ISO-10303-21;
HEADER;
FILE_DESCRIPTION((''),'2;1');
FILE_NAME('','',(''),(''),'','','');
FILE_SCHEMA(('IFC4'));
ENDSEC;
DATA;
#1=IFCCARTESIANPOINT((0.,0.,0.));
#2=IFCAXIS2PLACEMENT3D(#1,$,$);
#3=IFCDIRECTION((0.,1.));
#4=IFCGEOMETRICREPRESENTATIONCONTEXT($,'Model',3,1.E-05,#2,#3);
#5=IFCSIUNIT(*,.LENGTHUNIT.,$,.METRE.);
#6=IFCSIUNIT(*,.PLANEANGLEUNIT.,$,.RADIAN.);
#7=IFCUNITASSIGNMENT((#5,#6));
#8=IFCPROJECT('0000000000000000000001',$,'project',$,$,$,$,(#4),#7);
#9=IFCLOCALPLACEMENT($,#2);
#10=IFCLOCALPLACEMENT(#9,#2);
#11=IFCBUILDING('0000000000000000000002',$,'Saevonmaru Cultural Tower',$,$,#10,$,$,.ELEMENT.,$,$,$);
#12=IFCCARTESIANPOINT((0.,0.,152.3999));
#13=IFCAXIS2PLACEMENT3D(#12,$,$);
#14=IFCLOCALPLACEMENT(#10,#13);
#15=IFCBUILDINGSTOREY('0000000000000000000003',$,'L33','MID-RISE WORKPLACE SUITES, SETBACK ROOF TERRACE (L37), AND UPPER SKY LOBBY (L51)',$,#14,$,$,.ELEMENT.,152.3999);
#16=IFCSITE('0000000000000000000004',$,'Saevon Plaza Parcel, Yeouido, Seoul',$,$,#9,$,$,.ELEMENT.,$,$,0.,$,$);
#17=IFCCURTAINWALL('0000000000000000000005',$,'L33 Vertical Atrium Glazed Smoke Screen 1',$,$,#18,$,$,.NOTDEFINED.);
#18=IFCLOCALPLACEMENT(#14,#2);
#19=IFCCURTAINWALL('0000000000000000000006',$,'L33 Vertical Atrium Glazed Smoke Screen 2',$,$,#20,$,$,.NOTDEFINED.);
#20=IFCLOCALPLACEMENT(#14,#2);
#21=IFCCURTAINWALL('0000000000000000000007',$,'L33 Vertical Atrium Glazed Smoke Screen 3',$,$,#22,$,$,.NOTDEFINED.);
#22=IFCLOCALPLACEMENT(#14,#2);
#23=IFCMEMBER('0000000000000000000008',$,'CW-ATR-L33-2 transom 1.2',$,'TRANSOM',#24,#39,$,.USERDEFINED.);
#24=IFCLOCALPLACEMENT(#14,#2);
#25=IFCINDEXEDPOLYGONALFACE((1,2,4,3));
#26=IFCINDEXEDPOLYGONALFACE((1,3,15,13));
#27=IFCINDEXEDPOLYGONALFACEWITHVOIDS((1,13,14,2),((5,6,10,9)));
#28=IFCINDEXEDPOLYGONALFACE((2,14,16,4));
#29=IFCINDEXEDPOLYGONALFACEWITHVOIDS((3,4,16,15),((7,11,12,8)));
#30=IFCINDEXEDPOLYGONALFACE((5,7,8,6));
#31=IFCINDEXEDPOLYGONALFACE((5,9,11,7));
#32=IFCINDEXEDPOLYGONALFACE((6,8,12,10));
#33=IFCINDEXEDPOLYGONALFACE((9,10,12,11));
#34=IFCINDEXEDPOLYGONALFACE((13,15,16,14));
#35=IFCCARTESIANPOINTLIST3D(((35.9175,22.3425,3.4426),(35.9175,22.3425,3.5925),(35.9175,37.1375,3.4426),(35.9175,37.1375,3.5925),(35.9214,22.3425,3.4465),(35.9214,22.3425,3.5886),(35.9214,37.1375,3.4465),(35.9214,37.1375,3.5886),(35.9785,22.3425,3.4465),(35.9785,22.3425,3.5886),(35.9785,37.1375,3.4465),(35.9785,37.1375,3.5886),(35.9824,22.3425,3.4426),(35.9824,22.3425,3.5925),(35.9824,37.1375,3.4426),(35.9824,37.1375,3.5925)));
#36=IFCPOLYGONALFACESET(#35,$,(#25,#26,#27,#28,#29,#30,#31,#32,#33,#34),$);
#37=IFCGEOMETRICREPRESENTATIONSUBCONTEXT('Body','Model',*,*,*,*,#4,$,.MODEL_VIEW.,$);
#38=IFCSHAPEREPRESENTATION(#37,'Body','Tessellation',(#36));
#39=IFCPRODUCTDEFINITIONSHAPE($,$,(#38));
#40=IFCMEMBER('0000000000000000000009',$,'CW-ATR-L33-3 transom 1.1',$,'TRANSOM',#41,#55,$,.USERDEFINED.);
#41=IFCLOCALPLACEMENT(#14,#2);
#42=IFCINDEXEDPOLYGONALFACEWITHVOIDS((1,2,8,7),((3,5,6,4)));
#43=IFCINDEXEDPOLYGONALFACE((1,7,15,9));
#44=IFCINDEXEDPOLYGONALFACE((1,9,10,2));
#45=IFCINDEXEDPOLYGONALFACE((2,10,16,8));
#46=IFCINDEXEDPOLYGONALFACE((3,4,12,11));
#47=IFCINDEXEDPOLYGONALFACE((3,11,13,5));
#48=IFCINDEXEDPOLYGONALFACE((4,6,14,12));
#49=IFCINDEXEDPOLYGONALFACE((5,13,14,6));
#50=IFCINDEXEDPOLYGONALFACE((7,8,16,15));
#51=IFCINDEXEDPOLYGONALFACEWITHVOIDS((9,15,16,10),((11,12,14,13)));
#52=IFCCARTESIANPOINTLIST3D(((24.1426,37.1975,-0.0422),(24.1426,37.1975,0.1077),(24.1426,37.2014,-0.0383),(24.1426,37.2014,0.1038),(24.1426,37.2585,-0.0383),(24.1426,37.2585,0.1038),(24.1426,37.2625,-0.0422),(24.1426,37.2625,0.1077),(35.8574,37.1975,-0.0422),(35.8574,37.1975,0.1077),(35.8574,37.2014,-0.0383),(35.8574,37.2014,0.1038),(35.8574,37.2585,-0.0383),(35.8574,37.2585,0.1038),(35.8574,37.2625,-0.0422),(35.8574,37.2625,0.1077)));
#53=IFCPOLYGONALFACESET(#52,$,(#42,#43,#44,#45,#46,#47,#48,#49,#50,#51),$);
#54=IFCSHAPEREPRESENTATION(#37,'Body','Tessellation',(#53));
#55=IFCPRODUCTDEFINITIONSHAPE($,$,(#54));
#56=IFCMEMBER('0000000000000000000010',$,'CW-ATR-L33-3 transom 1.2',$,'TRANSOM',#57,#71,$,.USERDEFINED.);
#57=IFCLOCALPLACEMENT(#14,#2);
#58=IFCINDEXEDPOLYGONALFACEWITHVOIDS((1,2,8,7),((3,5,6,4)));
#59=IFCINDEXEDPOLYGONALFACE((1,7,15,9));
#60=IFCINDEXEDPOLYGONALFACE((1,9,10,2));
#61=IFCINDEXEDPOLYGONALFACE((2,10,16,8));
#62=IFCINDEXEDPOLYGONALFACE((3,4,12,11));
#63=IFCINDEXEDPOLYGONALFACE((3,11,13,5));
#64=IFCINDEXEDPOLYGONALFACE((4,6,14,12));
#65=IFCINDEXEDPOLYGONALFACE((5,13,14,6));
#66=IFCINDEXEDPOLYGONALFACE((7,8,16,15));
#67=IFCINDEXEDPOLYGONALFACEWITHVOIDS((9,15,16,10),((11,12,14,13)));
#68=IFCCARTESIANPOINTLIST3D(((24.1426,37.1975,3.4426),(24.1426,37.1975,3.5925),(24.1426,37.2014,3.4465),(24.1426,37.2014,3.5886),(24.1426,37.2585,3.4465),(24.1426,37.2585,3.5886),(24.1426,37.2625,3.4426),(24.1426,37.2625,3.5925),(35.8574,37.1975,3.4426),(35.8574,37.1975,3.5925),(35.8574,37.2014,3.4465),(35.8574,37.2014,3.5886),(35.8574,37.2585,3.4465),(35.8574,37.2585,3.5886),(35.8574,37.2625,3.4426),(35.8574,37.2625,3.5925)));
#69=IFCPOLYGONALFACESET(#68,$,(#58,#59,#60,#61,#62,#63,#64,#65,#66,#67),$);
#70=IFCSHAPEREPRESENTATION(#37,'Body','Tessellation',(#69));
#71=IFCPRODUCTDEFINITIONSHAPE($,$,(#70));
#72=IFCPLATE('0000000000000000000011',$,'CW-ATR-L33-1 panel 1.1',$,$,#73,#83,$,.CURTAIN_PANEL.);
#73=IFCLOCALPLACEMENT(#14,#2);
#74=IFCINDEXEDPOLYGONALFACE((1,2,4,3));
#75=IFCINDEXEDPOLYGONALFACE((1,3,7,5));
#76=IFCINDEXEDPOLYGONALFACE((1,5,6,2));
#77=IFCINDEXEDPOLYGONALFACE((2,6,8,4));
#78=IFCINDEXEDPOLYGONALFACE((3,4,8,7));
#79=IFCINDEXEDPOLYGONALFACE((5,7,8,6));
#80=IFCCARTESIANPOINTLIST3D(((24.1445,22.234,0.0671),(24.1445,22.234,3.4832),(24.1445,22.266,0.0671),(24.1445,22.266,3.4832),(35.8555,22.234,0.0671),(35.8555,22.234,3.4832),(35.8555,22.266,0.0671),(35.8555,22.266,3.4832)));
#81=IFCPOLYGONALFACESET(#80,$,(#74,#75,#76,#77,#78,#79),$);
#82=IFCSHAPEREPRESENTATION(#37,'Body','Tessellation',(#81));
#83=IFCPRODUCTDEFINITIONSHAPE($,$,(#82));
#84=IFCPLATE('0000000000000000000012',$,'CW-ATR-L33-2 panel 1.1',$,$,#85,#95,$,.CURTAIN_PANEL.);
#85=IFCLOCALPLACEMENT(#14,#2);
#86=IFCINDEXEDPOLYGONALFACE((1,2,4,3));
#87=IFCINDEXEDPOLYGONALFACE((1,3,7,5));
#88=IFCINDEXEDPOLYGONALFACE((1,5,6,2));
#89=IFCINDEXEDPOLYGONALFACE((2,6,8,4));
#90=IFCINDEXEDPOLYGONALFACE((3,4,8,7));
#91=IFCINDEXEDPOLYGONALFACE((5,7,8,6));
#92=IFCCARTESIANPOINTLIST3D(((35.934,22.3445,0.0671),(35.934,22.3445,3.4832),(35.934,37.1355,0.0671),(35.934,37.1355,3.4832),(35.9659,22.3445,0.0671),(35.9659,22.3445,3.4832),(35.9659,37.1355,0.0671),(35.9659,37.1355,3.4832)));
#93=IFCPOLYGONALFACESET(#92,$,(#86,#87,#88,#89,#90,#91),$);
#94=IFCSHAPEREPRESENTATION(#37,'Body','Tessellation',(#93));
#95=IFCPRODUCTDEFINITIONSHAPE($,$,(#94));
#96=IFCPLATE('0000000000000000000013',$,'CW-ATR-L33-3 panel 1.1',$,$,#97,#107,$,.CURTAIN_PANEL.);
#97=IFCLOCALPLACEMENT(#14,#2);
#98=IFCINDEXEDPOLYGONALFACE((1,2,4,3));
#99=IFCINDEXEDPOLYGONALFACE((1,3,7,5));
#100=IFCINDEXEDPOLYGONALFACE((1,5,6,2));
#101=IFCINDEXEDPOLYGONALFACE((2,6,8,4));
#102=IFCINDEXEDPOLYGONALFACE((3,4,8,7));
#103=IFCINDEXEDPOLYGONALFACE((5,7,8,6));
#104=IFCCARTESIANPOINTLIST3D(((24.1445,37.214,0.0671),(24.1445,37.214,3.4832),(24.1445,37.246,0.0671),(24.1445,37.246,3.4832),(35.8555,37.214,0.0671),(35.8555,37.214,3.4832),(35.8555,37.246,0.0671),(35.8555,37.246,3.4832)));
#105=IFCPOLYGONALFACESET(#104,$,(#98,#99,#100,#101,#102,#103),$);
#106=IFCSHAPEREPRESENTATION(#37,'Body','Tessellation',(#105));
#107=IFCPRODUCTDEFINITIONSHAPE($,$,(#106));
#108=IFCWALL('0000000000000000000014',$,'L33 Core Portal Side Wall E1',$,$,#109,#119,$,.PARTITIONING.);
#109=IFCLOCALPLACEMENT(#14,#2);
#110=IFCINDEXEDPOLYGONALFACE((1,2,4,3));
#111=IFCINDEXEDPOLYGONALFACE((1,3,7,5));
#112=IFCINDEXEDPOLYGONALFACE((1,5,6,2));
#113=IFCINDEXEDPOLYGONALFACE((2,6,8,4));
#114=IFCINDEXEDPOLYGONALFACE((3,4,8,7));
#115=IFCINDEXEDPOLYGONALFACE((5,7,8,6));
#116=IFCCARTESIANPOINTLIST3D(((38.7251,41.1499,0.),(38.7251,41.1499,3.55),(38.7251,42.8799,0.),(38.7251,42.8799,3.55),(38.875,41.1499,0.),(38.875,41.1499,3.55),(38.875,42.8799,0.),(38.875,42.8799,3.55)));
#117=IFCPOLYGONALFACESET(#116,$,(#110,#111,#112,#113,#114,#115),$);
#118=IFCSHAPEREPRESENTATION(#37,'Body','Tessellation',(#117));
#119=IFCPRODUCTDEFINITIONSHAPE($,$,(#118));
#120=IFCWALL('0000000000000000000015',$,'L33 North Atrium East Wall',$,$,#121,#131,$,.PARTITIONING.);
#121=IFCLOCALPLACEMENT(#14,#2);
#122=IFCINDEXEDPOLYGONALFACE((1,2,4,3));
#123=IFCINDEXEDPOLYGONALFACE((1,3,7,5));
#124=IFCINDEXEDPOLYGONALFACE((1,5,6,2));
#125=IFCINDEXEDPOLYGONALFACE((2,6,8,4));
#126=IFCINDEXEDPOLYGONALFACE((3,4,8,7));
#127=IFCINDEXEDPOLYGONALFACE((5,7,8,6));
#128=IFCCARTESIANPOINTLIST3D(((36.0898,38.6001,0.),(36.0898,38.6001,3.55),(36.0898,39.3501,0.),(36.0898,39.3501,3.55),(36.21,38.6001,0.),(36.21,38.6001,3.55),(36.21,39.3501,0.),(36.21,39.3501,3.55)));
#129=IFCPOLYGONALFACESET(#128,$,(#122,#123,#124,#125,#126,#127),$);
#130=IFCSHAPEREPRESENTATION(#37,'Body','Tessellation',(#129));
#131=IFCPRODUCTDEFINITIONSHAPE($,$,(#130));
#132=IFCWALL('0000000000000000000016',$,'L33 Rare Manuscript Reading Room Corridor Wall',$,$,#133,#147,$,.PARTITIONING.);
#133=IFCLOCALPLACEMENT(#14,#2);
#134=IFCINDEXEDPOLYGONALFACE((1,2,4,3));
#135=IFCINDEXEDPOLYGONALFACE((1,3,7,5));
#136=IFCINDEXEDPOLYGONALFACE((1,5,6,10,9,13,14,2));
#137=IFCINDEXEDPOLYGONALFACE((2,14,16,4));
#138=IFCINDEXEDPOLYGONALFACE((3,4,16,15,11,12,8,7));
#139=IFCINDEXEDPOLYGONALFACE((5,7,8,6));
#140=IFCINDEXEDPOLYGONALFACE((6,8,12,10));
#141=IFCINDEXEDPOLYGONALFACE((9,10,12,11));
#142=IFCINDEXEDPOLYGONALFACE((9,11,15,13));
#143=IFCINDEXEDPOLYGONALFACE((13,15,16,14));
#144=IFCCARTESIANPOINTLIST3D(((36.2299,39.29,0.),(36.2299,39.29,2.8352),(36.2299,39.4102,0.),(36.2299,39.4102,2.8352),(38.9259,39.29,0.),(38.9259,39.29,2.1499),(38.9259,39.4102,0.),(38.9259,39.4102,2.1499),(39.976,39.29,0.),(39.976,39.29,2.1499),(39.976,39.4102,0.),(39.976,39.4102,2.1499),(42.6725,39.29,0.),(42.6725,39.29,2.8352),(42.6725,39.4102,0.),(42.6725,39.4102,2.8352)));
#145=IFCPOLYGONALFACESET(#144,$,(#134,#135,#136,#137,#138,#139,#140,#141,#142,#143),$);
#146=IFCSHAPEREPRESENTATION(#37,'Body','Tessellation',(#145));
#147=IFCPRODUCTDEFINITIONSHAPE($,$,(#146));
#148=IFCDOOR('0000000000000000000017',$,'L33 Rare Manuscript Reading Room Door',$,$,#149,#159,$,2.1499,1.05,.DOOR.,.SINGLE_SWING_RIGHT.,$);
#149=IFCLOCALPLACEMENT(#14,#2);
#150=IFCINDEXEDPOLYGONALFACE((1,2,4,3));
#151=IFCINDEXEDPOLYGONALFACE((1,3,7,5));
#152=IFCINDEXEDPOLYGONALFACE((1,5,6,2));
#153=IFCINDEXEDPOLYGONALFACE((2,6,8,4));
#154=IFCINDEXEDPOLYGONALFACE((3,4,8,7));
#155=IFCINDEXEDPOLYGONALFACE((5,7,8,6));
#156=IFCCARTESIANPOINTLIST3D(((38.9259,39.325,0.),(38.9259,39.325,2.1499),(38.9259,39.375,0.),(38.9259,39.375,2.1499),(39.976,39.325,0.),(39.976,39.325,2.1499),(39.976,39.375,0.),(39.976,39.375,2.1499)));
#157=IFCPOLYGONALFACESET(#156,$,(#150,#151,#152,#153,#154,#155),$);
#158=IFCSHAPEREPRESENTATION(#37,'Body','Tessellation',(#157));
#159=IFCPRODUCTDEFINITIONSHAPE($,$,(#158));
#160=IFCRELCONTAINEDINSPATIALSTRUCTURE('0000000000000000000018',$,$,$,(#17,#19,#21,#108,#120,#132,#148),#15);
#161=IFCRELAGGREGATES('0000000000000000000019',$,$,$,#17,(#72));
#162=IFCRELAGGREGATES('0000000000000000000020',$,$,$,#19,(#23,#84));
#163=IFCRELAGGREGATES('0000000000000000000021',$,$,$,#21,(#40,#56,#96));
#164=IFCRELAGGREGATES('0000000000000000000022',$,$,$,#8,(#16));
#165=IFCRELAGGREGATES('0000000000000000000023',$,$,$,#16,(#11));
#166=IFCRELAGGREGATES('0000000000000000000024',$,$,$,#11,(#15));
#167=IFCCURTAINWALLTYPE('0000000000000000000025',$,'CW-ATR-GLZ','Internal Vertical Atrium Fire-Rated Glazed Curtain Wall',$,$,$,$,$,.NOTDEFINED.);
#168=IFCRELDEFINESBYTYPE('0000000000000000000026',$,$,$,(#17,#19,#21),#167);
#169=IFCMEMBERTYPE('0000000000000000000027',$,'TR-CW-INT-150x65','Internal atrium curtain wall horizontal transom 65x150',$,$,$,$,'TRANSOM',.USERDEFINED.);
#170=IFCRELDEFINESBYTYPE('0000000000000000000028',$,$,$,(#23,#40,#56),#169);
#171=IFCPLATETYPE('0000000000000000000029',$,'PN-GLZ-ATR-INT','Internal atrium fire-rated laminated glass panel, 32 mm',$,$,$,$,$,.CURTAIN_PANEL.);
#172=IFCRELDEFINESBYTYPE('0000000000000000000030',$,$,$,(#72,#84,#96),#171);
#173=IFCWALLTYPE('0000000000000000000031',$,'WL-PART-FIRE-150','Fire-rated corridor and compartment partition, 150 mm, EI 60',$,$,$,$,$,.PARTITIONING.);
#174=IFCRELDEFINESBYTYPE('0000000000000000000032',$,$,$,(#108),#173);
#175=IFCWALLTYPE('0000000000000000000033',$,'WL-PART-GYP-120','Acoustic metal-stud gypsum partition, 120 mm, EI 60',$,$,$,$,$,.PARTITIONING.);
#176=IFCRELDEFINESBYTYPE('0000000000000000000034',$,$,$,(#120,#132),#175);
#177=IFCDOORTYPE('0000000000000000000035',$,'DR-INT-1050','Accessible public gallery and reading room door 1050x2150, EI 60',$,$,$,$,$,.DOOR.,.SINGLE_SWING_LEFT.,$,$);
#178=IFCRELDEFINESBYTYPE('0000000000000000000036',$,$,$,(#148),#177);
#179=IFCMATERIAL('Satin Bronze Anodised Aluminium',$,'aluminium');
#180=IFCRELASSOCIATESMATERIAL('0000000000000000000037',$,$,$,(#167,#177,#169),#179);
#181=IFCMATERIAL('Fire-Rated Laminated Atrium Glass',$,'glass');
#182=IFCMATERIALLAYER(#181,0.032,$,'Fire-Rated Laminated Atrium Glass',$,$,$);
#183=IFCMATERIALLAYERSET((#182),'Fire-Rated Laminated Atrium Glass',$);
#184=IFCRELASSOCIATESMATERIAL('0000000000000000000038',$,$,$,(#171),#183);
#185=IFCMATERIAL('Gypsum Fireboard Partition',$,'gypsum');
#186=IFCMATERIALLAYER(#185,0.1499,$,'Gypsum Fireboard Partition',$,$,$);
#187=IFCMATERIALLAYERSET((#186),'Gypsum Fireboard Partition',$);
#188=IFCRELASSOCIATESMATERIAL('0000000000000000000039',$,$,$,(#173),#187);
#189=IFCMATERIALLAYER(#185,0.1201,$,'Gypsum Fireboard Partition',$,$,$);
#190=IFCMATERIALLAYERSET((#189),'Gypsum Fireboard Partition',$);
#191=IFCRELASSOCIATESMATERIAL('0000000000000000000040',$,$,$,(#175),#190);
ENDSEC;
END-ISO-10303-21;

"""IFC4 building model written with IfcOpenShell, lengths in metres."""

from ifc_helpers import new_model, si_unit, direction, frame, frame_2d, origin, origin_2d, place, context, subcontext, project, spatial, rectangle, hollow_rectangle, extrude, material, layer, layer_set, material_profile, profile_set, type_object, element, fill, aggregate, save


model = new_model("IFC4")

# Units and contexts
model_context = context("Model", 3, precision=1e-05, world=origin(), true_north=direction((0.0, 1.0)))
body_context = subcontext(model_context, "Body", "Model", "MODEL_VIEW")
ifc_project = project(units=[si_unit("LENGTHUNIT", "METRE"), si_unit("PLANEANGLEUNIT", "RADIAN")], contexts=[model_context])

# Site, building, storey
site_placement = place(None, origin())
site = spatial("IfcSite", under=ifc_project, at=site_placement, Name="Saevon Plaza Parcel, Yeouido, Seoul", CompositionType="ELEMENT", RefElevation=0.0)
building_placement = place(site_placement, origin())
building = spatial("IfcBuilding", under=site, at=building_placement, Name="Saevonmaru Cultural Tower", CompositionType="ELEMENT")
storey_placement = place(building_placement, frame((0.0, 0.0, 152.3999)))
storey = spatial("IfcBuildingStorey", under=building, at=storey_placement, Name="L33", Description="MID-RISE WORKPLACE SUITES, SETBACK ROOF TERRACE (L37), AND UPPER SKY LOBBY (L51)", CompositionType="ELEMENT", Elevation=152.3999)

# Curtain wall
ifc_material_1 = material(Name="Satin Bronze Anodised Aluminium", Category="aluminium")
curtain_wall_type = type_object("IfcCurtainWallType", Name="CW-ATR-GLZ", Description="Internal Vertical Atrium Fire-Rated Glazed Curtain Wall", PredefinedType="NOTDEFINED", material=ifc_material_1)
curtain_wall_1_placement = place(storey_placement, origin())
curtain_wall_1 = element("IfcCurtainWall", 1, at=curtain_wall_1_placement, inside=storey, type_object=curtain_wall_type, Name="L33 Vertical Atrium Glazed Smoke Screen 1", PredefinedType="NOTDEFINED")

# Curtain wall
curtain_wall_2_placement = place(storey_placement, origin())
curtain_wall_2 = element("IfcCurtainWall", 2, at=curtain_wall_2_placement, inside=storey, type_object=curtain_wall_type, Name="L33 Vertical Atrium Glazed Smoke Screen 2", PredefinedType="NOTDEFINED")

# Curtain wall
curtain_wall_3_placement = place(storey_placement, origin())
curtain_wall_3 = element("IfcCurtainWall", 3, at=curtain_wall_3_placement, inside=storey, type_object=curtain_wall_type, Name="L33 Vertical Atrium Glazed Smoke Screen 3", PredefinedType="NOTDEFINED")

# Members
ifc_material_profile_1 = material_profile(ifc_material_1, hollow_rectangle(XDim=0.0649, YDim=0.1499, WallThickness=0.0039, at=origin_2d()), Name="ALU-TRAN-150x65x4")
ifc_profile_set_1 = profile_set([ifc_material_profile_1], Name="Satin Bronze Anodised Aluminium")
member_type_1 = type_object("IfcMemberType", Name="TR-CW-INT-150x65", Description="Internal atrium curtain wall horizontal transom 65x150", ElementType="TRANSOM", PredefinedType="USERDEFINED", material=ifc_profile_set_1)
member_1_placement = place(storey_placement, frame((35.95, 22.3425, 3.5176), z_axis=(0.0, 1.0, 0.0), x_axis=(-1.0, 0.0, 0.0)))
member_1 = element("IfcMember", 4, at=member_1_placement, type_object=member_type_1, Name="CW-ATR-L33-2 transom 1.2", ObjectType="TRANSOM", PredefinedType="USERDEFINED", context=body_context, shape_type="SweptSolid", body=[
    extrude(hollow_rectangle(XDim=0.0649, YDim=0.1499, WallThickness=0.0039, at=origin_2d()), origin(), (0.0, 0.0, 1.0), 14.7949),
])
member_2_placement = place(storey_placement, frame((35.8574, 37.23, 0.0327), z_axis=(-1.0, 0.0, 0.0), x_axis=(0.0, -1.0, 0.0)))
member_2 = element("IfcMember", 5, at=member_2_placement, type_object=member_type_1, Name="CW-ATR-L33-3 transom 1.1", ObjectType="TRANSOM", PredefinedType="USERDEFINED", context=body_context, shape_type="SweptSolid", body=[
    extrude(hollow_rectangle(XDim=0.0649, YDim=0.1499, WallThickness=0.0039, at=origin_2d()), origin(), (0.0, 0.0, 1.0), 11.7148),
])
member_3_placement = place(storey_placement, frame((35.8574, 37.23, 3.5176), z_axis=(-1.0, 0.0, 0.0), x_axis=(0.0, -1.0, 0.0)))
member_3 = element("IfcMember", 6, at=member_3_placement, type_object=member_type_1, Name="CW-ATR-L33-3 transom 1.2", ObjectType="TRANSOM", PredefinedType="USERDEFINED", context=body_context, shape_type="SweptSolid", body=[
    extrude(hollow_rectangle(XDim=0.0649, YDim=0.1499, WallThickness=0.0039, at=origin_2d()), origin(), (0.0, 0.0, 1.0), 11.7148),
])

# Plates
ifc_material_2 = material(Name="Fire-Rated Laminated Atrium Glass", Category="glass")
ifc_layer_1 = layer(ifc_material_2, 0.032, Name="Fire-Rated Laminated Atrium Glass")
ifc_layer_set_1 = layer_set([ifc_layer_1], Name="Fire-Rated Laminated Atrium Glass")
plate_type = type_object("IfcPlateType", Name="PN-GLZ-ATR-INT", Description="Internal atrium fire-rated laminated glass panel, 32 mm", PredefinedType="CURTAIN_PANEL", material=ifc_layer_set_1)
plate_1_placement = place(storey_placement, frame((30.0, 22.25, 0.0671), z_axis=(0.0, 0.0, 1.0), x_axis=(1.0, 0.0, 0.0)))
plate_1 = element("IfcPlate", 7, at=plate_1_placement, type_object=plate_type, Name="CW-ATR-L33-1 panel 1.1", PredefinedType="CURTAIN_PANEL", context=body_context, shape_type="SweptSolid", body=[
    extrude(rectangle(XDim=11.7109, YDim=0.032, at=origin_2d()), origin(), (0.0, 0.0, 1.0), 3.416),
])
aggregate(curtain_wall_1, [plate_1])
plate_2_placement = place(storey_placement, frame((35.95, 29.74, 0.0671), z_axis=(0.0, 0.0, 1.0), x_axis=(0.0, 1.0, 0.0)))
plate_2 = element("IfcPlate", 8, at=plate_2_placement, type_object=plate_type, Name="CW-ATR-L33-2 panel 1.1", PredefinedType="CURTAIN_PANEL", context=body_context, shape_type="SweptSolid", body=[
    extrude(rectangle(XDim=14.791, YDim=0.032, at=origin_2d()), origin(), (0.0, 0.0, 1.0), 3.416),
])
aggregate(curtain_wall_2, [member_1, plate_2])
plate_3_placement = place(storey_placement, frame((30.0, 37.23, 0.0671), z_axis=(0.0, 0.0, 1.0), x_axis=(-1.0, 0.0, 0.0)))
plate_3 = element("IfcPlate", 9, at=plate_3_placement, type_object=plate_type, Name="CW-ATR-L33-3 panel 1.1", PredefinedType="CURTAIN_PANEL", context=body_context, shape_type="SweptSolid", body=[
    extrude(rectangle(XDim=11.7109, YDim=0.032, at=origin_2d()), origin(), (0.0, 0.0, 1.0), 3.416),
])
aggregate(curtain_wall_3, [member_2, member_3, plate_3])

# Walls
ifc_material_3 = material(Name="Gypsum Fireboard Partition", Category="gypsum")
ifc_layer_2 = layer(ifc_material_3, 0.1499, Name="Gypsum Fireboard Partition")
ifc_layer_set_2 = layer_set([ifc_layer_2], Name="Gypsum Fireboard Partition")
wall_type_1 = type_object("IfcWallType", Name="WL-PART-FIRE-150", Description="Fire-rated corridor and compartment partition, 150 mm, EI 60", PredefinedType="PARTITIONING", material=ifc_layer_set_2)
wall_1_placement = place(storey_placement, frame((38.8, 41.1499, 0.0), z_axis=(0.0, 0.0, 1.0), x_axis=(0.0, 1.0, 0.0)))
element("IfcWall", 10, at=wall_1_placement, inside=storey, type_object=wall_type_1, Name="L33 Core Portal Side Wall E1", PredefinedType="PARTITIONING", context=body_context, shape_type="SweptSolid", body=[
    extrude(rectangle(XDim=1.73, YDim=0.1499, at=frame_2d((0.865, 0.0))), origin(), (0.0, 0.0, 1.0), 3.55),
])
ifc_layer_3 = layer(ifc_material_3, 0.1201, Name="Gypsum Fireboard Partition")
ifc_layer_set_3 = layer_set([ifc_layer_3], Name="Gypsum Fireboard Partition")
wall_type_2 = type_object("IfcWallType", Name="WL-PART-GYP-120", Description="Acoustic metal-stud gypsum partition, 120 mm, EI 60", PredefinedType="PARTITIONING", material=ifc_layer_set_3)
wall_2_placement = place(storey_placement, frame((36.1499, 38.6001, 0.0), z_axis=(0.0, 0.0, 1.0), x_axis=(0.0, 1.0, 0.0)))
element("IfcWall", 11, at=wall_2_placement, inside=storey, type_object=wall_type_2, Name="L33 North Atrium East Wall", PredefinedType="PARTITIONING", context=body_context, shape_type="SweptSolid", body=[
    extrude(rectangle(XDim=0.75, YDim=0.1201, at=frame_2d((0.375, 0.0))), origin(), (0.0, 0.0, 1.0), 3.55),
])

# Wall, opening, door
wall_3_placement = place(storey_placement, frame((36.23, 39.3501, 0.0), z_axis=(0.0, 0.0, 1.0), x_axis=(1.0, 0.0, 0.0)))
wall_3 = element("IfcWall", 12, at=wall_3_placement, inside=storey, type_object=wall_type_2, Name="L33 Rare Manuscript Reading Room Corridor Wall", PredefinedType="PARTITIONING", context=body_context, shape_type="SweptSolid", body=[
    extrude(rectangle(XDim=6.4426, YDim=0.1201, at=frame_2d((3.2212, 0.0))), origin(), (0.0, 0.0, 1.0), 2.8352),
])
opening_placement = place(wall_3_placement, frame((2.696, 0.0, 0.0)))
opening = element("IfcOpeningElement", 13, at=opening_placement, cuts=wall_3, PredefinedType="OPENING", context=body_context, shape_type="SweptSolid", body=[
    extrude(rectangle(XDim=1.05, YDim=2.1499, at=frame_2d((0.5249, 1.075))), frame((0.0, 0.0701, 0.0), z_axis=(0.0, -1.0, 0.0), x_axis=(1.0, 0.0, 0.0)), (0.0, 0.0, 1.0), 0.1401),
])
door_type = type_object("IfcDoorType", Name="DR-INT-1050", Description="Accessible public gallery and reading room door 1050x2150, EI 60", OperationType="SINGLE_SWING_LEFT", PredefinedType="DOOR", material=ifc_material_1)
door_placement = place(opening_placement, origin())
door = element("IfcDoor", 14, at=door_placement, inside=storey, type_object=door_type, Name="L33 Rare Manuscript Reading Room Door", OperationType="SINGLE_SWING_RIGHT", OverallHeight=2.1499, OverallWidth=1.05, PredefinedType="DOOR", context=body_context, shape_type="SweptSolid", body=[
    extrude(rectangle(XDim=1.05, YDim=2.1499, at=frame_2d((0.5249, 1.075))), frame((0.0, 0.0249, 0.0), z_axis=(0.0, -1.0, 0.0), x_axis=(1.0, 0.0, 0.0)), (0.0, 0.0, 1.0), 0.05),
])
fill(opening, door)

save(model, "model.ifc")
